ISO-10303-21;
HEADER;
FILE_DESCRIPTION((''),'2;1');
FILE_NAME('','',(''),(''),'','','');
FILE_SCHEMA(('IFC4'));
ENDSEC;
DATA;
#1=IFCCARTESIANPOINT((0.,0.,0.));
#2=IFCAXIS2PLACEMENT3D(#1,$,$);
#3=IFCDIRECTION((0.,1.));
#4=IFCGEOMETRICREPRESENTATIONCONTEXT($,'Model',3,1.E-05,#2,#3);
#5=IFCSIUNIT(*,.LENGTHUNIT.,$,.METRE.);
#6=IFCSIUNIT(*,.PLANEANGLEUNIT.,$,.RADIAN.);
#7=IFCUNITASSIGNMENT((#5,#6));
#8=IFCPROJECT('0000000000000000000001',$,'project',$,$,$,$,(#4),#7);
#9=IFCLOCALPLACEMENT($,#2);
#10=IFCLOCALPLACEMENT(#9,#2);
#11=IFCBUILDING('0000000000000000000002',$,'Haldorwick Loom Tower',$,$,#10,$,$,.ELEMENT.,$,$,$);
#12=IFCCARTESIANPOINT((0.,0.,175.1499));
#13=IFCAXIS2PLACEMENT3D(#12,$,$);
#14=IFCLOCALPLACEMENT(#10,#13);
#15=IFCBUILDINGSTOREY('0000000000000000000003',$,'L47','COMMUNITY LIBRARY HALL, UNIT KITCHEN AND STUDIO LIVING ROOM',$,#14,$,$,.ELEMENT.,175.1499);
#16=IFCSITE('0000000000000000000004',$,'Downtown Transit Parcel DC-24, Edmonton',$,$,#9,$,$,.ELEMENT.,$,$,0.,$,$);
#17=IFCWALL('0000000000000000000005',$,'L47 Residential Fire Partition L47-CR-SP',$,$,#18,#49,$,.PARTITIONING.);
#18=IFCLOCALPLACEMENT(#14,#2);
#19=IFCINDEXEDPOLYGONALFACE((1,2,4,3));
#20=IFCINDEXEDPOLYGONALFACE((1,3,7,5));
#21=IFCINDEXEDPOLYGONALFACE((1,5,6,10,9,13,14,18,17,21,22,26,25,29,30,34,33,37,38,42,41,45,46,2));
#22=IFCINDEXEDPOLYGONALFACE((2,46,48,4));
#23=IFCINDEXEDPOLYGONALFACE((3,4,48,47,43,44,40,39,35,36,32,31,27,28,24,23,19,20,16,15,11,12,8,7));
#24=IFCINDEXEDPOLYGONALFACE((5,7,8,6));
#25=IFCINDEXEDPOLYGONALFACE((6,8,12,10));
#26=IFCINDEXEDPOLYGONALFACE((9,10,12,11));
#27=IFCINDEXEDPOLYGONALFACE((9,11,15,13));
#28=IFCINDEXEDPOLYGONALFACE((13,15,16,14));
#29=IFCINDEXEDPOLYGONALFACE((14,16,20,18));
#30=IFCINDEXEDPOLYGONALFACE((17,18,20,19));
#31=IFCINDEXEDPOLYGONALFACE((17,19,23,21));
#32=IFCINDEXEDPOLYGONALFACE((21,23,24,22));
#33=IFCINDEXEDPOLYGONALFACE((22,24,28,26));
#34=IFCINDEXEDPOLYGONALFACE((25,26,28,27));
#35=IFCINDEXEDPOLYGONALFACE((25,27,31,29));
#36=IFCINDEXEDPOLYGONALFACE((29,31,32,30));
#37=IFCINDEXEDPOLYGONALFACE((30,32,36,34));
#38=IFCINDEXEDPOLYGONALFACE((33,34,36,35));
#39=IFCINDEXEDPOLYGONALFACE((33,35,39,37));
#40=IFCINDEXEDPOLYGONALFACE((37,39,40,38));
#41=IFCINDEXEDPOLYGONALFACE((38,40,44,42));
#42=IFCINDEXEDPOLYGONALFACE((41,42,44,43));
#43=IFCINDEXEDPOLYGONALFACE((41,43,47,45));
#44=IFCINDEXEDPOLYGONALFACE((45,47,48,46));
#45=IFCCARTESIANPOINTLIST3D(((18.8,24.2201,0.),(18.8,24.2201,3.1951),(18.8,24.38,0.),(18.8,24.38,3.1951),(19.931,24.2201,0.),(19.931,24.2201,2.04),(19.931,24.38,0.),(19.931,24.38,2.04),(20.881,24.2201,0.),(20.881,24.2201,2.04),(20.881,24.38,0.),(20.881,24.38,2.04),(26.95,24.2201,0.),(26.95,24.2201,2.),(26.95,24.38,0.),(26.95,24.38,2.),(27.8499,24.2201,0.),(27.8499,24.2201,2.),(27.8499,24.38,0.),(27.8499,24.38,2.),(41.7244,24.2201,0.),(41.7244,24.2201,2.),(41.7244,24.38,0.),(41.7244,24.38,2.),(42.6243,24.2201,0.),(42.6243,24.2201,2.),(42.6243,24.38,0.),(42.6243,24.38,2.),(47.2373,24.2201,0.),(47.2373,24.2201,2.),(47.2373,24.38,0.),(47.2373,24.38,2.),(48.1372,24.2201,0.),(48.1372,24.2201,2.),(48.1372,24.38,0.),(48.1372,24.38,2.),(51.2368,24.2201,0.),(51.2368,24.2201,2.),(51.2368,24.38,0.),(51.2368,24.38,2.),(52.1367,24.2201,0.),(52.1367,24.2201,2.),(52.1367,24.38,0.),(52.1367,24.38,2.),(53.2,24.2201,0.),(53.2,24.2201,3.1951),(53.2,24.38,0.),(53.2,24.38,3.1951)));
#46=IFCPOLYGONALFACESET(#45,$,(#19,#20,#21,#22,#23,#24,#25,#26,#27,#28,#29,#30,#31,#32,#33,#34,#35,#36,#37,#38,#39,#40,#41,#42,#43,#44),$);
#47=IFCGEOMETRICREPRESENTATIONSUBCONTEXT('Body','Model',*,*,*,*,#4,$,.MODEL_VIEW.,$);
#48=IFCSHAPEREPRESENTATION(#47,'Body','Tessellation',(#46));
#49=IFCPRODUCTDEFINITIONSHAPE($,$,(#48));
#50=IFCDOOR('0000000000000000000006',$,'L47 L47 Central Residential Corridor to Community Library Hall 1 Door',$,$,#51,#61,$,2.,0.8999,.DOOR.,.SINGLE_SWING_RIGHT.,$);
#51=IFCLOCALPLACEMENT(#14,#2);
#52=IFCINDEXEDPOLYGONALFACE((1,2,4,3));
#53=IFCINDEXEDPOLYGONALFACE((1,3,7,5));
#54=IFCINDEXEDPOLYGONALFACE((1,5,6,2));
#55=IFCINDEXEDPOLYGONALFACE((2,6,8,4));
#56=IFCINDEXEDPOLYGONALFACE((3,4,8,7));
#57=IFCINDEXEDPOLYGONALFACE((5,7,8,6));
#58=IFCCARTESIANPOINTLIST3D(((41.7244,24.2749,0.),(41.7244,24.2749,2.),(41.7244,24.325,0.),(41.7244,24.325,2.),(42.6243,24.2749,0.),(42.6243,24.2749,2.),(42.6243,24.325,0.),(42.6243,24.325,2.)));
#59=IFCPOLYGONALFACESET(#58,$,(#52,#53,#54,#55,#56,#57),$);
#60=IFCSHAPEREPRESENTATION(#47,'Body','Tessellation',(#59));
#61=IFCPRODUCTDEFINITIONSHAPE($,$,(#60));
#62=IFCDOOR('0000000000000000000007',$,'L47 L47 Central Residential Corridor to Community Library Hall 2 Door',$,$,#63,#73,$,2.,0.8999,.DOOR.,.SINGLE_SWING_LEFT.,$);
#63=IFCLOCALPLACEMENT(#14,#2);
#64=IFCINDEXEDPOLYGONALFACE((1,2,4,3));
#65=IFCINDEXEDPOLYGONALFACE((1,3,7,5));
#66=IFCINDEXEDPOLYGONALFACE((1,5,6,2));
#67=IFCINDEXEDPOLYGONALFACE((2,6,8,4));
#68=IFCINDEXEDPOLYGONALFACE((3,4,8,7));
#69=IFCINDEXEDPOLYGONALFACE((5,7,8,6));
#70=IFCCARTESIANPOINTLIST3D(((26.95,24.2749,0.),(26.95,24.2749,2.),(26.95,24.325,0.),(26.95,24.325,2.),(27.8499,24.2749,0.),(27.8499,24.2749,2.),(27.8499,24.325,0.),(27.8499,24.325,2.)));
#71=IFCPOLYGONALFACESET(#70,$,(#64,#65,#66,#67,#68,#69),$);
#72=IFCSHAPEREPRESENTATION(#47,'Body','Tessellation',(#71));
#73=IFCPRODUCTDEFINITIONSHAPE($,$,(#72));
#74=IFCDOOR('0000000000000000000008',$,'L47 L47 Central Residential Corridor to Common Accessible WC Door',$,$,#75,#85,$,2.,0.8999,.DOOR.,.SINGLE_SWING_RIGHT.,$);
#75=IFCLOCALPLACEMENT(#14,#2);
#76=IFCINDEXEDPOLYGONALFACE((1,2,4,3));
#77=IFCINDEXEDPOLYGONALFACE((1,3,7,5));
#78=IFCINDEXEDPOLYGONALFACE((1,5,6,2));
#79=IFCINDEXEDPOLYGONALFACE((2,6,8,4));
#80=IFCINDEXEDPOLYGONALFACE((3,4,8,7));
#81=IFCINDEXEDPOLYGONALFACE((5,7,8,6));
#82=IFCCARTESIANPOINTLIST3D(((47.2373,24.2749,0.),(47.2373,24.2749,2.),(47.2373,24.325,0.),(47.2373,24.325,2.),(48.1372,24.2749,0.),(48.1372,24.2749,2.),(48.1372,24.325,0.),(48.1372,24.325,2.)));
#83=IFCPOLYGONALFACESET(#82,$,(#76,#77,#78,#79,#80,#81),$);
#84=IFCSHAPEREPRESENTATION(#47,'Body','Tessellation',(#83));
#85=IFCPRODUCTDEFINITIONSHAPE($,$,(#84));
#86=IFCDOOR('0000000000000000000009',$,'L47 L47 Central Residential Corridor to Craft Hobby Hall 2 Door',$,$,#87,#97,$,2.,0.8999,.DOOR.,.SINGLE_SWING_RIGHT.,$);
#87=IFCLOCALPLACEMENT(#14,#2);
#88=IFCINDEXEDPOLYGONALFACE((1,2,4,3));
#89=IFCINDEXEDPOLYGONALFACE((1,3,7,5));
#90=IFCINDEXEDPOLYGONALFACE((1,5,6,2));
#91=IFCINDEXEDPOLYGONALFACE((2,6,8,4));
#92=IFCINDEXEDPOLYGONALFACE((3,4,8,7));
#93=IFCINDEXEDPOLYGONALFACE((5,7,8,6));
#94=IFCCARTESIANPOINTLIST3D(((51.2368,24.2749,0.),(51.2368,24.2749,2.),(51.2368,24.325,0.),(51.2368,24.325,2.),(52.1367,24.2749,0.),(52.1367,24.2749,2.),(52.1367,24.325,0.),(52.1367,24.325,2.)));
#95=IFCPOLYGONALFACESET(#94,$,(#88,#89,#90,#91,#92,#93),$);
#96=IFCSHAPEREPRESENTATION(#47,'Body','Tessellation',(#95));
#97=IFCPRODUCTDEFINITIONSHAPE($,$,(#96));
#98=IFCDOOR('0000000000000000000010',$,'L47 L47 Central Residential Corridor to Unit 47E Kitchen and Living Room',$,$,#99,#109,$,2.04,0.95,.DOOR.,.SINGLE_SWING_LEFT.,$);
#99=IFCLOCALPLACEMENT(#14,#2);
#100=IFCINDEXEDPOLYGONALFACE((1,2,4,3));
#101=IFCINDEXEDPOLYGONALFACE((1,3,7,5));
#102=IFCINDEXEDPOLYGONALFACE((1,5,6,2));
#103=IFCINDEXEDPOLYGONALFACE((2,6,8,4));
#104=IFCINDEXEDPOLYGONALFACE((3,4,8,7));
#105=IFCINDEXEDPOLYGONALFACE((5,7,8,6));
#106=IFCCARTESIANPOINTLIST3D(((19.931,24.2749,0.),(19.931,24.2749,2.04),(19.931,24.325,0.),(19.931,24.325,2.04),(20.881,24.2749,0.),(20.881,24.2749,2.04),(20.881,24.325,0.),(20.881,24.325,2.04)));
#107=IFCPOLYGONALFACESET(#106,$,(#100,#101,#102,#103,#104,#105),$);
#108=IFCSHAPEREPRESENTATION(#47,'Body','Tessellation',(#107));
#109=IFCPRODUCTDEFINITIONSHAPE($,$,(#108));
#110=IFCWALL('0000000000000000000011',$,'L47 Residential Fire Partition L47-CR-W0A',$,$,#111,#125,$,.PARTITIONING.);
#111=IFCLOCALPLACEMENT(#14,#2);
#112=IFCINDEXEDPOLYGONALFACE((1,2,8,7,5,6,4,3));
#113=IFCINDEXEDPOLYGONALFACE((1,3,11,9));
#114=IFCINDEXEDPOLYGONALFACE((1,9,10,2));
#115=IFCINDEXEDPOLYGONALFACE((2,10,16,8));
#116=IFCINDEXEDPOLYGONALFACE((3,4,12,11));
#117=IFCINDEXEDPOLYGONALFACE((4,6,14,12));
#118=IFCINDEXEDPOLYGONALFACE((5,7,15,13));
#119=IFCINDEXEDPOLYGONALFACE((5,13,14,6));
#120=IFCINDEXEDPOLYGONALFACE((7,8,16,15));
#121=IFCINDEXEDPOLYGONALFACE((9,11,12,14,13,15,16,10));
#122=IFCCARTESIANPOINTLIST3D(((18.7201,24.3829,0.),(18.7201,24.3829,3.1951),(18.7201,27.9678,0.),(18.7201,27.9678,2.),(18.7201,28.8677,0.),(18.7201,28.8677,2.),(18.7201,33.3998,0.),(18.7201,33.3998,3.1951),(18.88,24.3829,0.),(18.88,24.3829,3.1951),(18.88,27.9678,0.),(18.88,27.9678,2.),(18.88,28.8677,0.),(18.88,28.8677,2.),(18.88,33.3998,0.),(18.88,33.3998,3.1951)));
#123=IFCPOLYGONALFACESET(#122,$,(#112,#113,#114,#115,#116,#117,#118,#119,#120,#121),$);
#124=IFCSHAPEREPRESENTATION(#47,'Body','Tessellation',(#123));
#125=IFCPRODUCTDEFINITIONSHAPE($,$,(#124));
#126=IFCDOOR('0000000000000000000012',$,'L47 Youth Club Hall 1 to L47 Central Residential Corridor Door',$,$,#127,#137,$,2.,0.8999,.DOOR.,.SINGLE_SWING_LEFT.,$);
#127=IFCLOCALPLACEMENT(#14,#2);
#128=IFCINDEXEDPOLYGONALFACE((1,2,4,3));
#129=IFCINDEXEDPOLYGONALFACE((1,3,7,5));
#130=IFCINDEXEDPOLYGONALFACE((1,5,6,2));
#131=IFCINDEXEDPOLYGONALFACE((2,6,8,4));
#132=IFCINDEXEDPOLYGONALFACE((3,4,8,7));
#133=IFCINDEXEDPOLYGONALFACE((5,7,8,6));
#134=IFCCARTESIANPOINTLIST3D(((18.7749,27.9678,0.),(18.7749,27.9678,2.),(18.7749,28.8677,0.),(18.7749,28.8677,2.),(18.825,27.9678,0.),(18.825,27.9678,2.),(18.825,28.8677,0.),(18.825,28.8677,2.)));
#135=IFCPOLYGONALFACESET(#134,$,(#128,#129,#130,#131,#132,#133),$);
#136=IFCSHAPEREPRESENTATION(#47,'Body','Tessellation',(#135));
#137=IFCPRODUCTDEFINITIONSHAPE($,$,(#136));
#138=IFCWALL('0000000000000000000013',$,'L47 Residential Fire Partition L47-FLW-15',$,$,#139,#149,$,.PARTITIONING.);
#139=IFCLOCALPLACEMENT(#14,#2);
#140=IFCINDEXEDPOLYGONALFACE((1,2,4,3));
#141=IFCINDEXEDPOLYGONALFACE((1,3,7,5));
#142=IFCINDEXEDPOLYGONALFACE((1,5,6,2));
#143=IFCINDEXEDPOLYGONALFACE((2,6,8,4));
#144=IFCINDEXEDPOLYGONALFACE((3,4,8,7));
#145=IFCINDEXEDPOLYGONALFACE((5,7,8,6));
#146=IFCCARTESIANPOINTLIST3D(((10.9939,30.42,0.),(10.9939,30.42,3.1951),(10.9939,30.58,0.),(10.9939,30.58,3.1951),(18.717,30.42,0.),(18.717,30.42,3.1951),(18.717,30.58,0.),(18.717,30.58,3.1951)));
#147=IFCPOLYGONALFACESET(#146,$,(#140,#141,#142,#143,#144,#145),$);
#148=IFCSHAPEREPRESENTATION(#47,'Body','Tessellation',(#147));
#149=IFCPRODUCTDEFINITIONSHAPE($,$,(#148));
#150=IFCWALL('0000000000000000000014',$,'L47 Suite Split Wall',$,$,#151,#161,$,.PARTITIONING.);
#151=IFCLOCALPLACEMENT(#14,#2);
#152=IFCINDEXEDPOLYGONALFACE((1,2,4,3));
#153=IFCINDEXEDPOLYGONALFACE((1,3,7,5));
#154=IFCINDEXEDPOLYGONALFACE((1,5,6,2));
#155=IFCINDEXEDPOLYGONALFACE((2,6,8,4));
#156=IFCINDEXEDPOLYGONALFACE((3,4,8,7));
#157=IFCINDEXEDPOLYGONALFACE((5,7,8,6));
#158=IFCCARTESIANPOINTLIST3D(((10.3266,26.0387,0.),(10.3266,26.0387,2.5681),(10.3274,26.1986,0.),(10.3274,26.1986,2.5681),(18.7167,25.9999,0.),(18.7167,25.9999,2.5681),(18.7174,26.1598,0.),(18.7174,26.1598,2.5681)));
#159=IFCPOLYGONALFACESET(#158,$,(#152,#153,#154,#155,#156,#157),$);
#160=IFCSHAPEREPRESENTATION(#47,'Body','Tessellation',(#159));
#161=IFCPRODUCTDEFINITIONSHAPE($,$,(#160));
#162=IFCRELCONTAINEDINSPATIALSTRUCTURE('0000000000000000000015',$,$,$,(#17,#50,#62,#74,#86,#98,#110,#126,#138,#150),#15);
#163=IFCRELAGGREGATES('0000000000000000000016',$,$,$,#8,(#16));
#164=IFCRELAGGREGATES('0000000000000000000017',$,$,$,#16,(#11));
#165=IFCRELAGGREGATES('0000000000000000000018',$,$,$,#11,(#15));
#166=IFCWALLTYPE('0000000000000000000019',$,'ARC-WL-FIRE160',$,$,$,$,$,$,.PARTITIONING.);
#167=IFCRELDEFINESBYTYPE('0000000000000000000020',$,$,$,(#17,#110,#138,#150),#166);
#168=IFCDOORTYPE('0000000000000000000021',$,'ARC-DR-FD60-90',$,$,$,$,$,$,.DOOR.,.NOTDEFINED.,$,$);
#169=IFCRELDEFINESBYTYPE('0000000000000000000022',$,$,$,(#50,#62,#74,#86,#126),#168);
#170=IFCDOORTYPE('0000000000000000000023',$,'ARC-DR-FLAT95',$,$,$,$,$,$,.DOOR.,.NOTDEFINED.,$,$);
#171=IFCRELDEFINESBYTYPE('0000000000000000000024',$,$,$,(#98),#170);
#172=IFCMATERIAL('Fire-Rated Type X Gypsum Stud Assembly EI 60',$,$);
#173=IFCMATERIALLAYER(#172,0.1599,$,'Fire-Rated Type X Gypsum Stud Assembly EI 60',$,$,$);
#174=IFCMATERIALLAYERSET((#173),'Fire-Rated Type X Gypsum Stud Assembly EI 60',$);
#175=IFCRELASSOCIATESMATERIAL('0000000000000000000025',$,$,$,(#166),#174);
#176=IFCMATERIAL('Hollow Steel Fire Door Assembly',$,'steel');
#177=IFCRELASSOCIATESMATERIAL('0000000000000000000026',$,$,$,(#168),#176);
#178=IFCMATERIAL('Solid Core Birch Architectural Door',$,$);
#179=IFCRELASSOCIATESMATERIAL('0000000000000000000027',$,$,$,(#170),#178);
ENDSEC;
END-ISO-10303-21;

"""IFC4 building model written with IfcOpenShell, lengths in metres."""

from ifc_helpers import new_model, si_unit, direction, frame, frame_2d, origin, place, context, subcontext, project, spatial, rectangle, extrude, material, layer, layer_set, type_object, element, fill, save


model = new_model("IFC4")

# Units and contexts
model_context = context("Model", 3, precision=1e-05, world=origin(), true_north=direction((0.0, 1.0)))
body_context = subcontext(model_context, "Body", "Model", "MODEL_VIEW")
ifc_project = project(units=[si_unit("LENGTHUNIT", "METRE"), si_unit("PLANEANGLEUNIT", "RADIAN")], contexts=[model_context])

# Site, building, storey
site_placement = place(None, origin())
site = spatial("IfcSite", under=ifc_project, at=site_placement, Name="Downtown Transit Parcel DC-24, Edmonton", CompositionType="ELEMENT", RefElevation=0.0)
building_placement = place(site_placement, origin())
building = spatial("IfcBuilding", under=site, at=building_placement, Name="Haldorwick Loom Tower", CompositionType="ELEMENT")
storey_placement = place(building_placement, frame((0.0, 0.0, 175.1499)))
storey = spatial("IfcBuildingStorey", under=building, at=storey_placement, Name="L47", Description="COMMUNITY LIBRARY HALL, UNIT KITCHEN AND STUDIO LIVING ROOM", CompositionType="ELEMENT", Elevation=175.1499)

# Wall, openings, doors
ifc_material_1 = material(Name="Fire-Rated Type X Gypsum Stud Assembly EI 60")
ifc_layer_1 = layer(ifc_material_1, 0.1599, Name="Fire-Rated Type X Gypsum Stud Assembly EI 60")
ifc_layer_set_1 = layer_set([ifc_layer_1], Name="Fire-Rated Type X Gypsum Stud Assembly EI 60")
wall_type_1 = type_object("IfcWallType", Name="ARC-WL-FIRE160", PredefinedType="PARTITIONING", material=ifc_layer_set_1)
wall_1_placement = place(storey_placement, frame((18.8, 24.3, 0.0), z_axis=(0.0, 0.0, 1.0), x_axis=(1.0, 0.0, 0.0)))
wall_1 = element("IfcWall", 1, at=wall_1_placement, inside=storey, type_object=wall_type_1, Name="L47 Residential Fire Partition L47-CR-SP", PredefinedType="PARTITIONING", context=body_context, shape_type="SweptSolid", body=[
    extrude(rectangle(XDim=34.3999, YDim=0.1599, at=frame_2d((17.2, 0.0))), origin(), (0.0, 0.0, 1.0), 3.1951),
])
opening_1_placement = place(wall_1_placement, frame((22.9243, 0.0, 0.0)))
opening_1 = element("IfcOpeningElement", 2, at=opening_1_placement, cuts=wall_1, PredefinedType="OPENING", context=body_context, shape_type="SweptSolid", body=[
    extrude(rectangle(XDim=0.8999, YDim=2.0, at=frame_2d((0.45, 1.0))), frame((0.0, 0.0898, 0.0), z_axis=(0.0, -1.0, 0.0), x_axis=(1.0, 0.0, 0.0)), (0.0, 0.0, 1.0), 0.1799),
])
opening_2_placement = place(wall_1_placement, frame((8.1499, 0.0, 0.0)))
opening_2 = element("IfcOpeningElement", 3, at=opening_2_placement, cuts=wall_1, PredefinedType="OPENING", context=body_context, shape_type="SweptSolid", body=[
    extrude(rectangle(XDim=0.8999, YDim=2.0, at=frame_2d((0.45, 1.0))), frame((0.0, 0.0898, 0.0), z_axis=(0.0, -1.0, 0.0), x_axis=(1.0, 0.0, 0.0)), (0.0, 0.0, 1.0), 0.1799),
])
opening_3_placement = place(wall_1_placement, frame((28.4373, 0.0, 0.0)))
opening_3 = element("IfcOpeningElement", 4, at=opening_3_placement, cuts=wall_1, PredefinedType="OPENING", context=body_context, shape_type="SweptSolid", body=[
    extrude(rectangle(XDim=0.8999, YDim=2.0, at=frame_2d((0.45, 1.0))), frame((0.0, 0.0898, 0.0), z_axis=(0.0, -1.0, 0.0), x_axis=(1.0, 0.0, 0.0)), (0.0, 0.0, 1.0), 0.1799),
])
opening_4_placement = place(wall_1_placement, frame((1.1309, 0.0, 0.0)))
opening_4 = element("IfcOpeningElement", 5, at=opening_4_placement, cuts=wall_1, PredefinedType="OPENING", context=body_context, shape_type="SweptSolid", body=[
    extrude(rectangle(XDim=0.95, YDim=2.04, at=frame_2d((0.4751, 1.02))), frame((0.0, 0.0898, 0.0), z_axis=(0.0, -1.0, 0.0), x_axis=(1.0, 0.0, 0.0)), (0.0, 0.0, 1.0), 0.1799),
])
opening_5_placement = place(wall_1_placement, frame((32.4368, 0.0, 0.0)))
opening_5 = element("IfcOpeningElement", 6, at=opening_5_placement, cuts=wall_1, PredefinedType="OPENING", context=body_context, shape_type="SweptSolid", body=[
    extrude(rectangle(XDim=0.8999, YDim=2.0, at=frame_2d((0.45, 1.0))), frame((0.0, 0.0898, 0.0), z_axis=(0.0, -1.0, 0.0), x_axis=(1.0, 0.0, 0.0)), (0.0, 0.0, 1.0), 0.1799),
])
ifc_material_2 = material(Name="Hollow Steel Fire Door Assembly", Category="steel")
door_type_1 = type_object("IfcDoorType", Name="ARC-DR-FD60-90", OperationType="NOTDEFINED", PredefinedType="DOOR", material=ifc_material_2)
door_1_placement = place(opening_1_placement, origin())
door_1 = element("IfcDoor", 7, at=door_1_placement, inside=storey, type_object=door_type_1, Name="L47 L47 Central Residential Corridor to Community Library Hall 1 Door", OperationType="SINGLE_SWING_RIGHT", OverallHeight=2.0, OverallWidth=0.8999, PredefinedType="DOOR", context=body_context, shape_type="SweptSolid", body=[
    extrude(rectangle(XDim=0.8999, YDim=2.0, at=frame_2d((0.45, 1.0))), frame((0.0, 0.0249, 0.0), z_axis=(0.0, -1.0, 0.0), x_axis=(1.0, 0.0, 0.0)), (0.0, 0.0, 1.0), 0.05),
])
fill(opening_1, door_1)
door_2_placement = place(opening_2_placement, origin())
door_2 = element("IfcDoor", 8, at=door_2_placement, inside=storey, type_object=door_type_1, Name="L47 L47 Central Residential Corridor to Community Library Hall 2 Door", OperationType="SINGLE_SWING_LEFT", OverallHeight=2.0, OverallWidth=0.8999, PredefinedType="DOOR", context=body_context, shape_type="SweptSolid", body=[
    extrude(rectangle(XDim=0.8999, YDim=2.0, at=frame_2d((0.45, 1.0))), frame((0.0, 0.0249, 0.0), z_axis=(0.0, -1.0, 0.0), x_axis=(1.0, 0.0, 0.0)), (0.0, 0.0, 1.0), 0.05),
])
fill(opening_2, door_2)
door_3_placement = place(opening_3_placement, origin())
door_3 = element("IfcDoor", 9, at=door_3_placement, inside=storey, type_object=door_type_1, Name="L47 L47 Central Residential Corridor to Common Accessible WC Door", OperationType="SINGLE_SWING_RIGHT", OverallHeight=2.0, OverallWidth=0.8999, PredefinedType="DOOR", context=body_context, shape_type="SweptSolid", body=[
    extrude(rectangle(XDim=0.8999, YDim=2.0, at=frame_2d((0.45, 1.0))), frame((0.0, 0.0249, 0.0), z_axis=(0.0, -1.0, 0.0), x_axis=(1.0, 0.0, 0.0)), (0.0, 0.0, 1.0), 0.05),
])
fill(opening_3, door_3)
door_4_placement = place(opening_5_placement, origin())
door_4 = element("IfcDoor", 10, at=door_4_placement, inside=storey, type_object=door_type_1, Name="L47 L47 Central Residential Corridor to Craft Hobby Hall 2 Door", OperationType="SINGLE_SWING_RIGHT", OverallHeight=2.0, OverallWidth=0.8999, PredefinedType="DOOR", context=body_context, shape_type="SweptSolid", body=[
    extrude(rectangle(XDim=0.8999, YDim=2.0, at=frame_2d((0.45, 1.0))), frame((0.0, 0.0249, 0.0), z_axis=(0.0, -1.0, 0.0), x_axis=(1.0, 0.0, 0.0)), (0.0, 0.0, 1.0), 0.05),
])
fill(opening_5, door_4)
ifc_material_3 = material(Name="Solid Core Birch Architectural Door")
door_type_2 = type_object("IfcDoorType", Name="ARC-DR-FLAT95", OperationType="NOTDEFINED", PredefinedType="DOOR", material=ifc_material_3)
door_5_placement = place(opening_4_placement, origin())
door_5 = element("IfcDoor", 11, at=door_5_placement, inside=storey, type_object=door_type_2, Name="L47 L47 Central Residential Corridor to Unit 47E Kitchen and Living Room", OperationType="SINGLE_SWING_LEFT", OverallHeight=2.04, OverallWidth=0.95, PredefinedType="DOOR", context=body_context, shape_type="SweptSolid", body=[
    extrude(rectangle(XDim=0.95, YDim=2.04, at=frame_2d((0.4751, 1.02))), frame((0.0, 0.0249, 0.0), z_axis=(0.0, -1.0, 0.0), x_axis=(1.0, 0.0, 0.0)), (0.0, 0.0, 1.0), 0.05),
])
fill(opening_4, door_5)

# Wall, opening, door
wall_2_placement = place(storey_placement, frame((18.8, 24.3831, 0.0), z_axis=(0.0, 0.0, 1.0), x_axis=(0.0, 1.0, 0.0)))
wall_2 = element("IfcWall", 12, at=wall_2_placement, inside=storey, type_object=wall_type_1, Name="L47 Residential Fire Partition L47-CR-W0A", PredefinedType="PARTITIONING", context=body_context, shape_type="SweptSolid", body=[
    extrude(rectangle(XDim=9.0168, YDim=0.1599, at=frame_2d((4.5083, 0.0))), origin(), (0.0, 0.0, 1.0), 3.1951),
])
opening_6_placement = place(wall_2_placement, frame((3.5847, 0.0, 0.0)))
opening_6 = element("IfcOpeningElement", 13, at=opening_6_placement, cuts=wall_2, PredefinedType="OPENING", context=body_context, shape_type="SweptSolid", body=[
    extrude(rectangle(XDim=0.8999, YDim=2.0, at=frame_2d((0.45, 1.0))), frame((0.0, 0.0898, 0.0), z_axis=(0.0, -1.0, 0.0), x_axis=(1.0, 0.0, 0.0)), (0.0, 0.0, 1.0), 0.1799),
])
door_6_placement = place(opening_6_placement, frame((0.8999, 0.0, 0.0), z_axis=(0.0, 0.0, 1.0), x_axis=(-1.0, 0.0, 0.0)))
door_6 = element("IfcDoor", 14, at=door_6_placement, inside=storey, type_object=door_type_1, Name="L47 Youth Club Hall 1 to L47 Central Residential Corridor Door", OperationType="SINGLE_SWING_LEFT", OverallHeight=2.0, OverallWidth=0.8999, PredefinedType="DOOR", context=body_context, shape_type="SweptSolid", body=[
    extrude(rectangle(XDim=0.8999, YDim=2.0, at=frame_2d((0.45, 1.0))), frame((0.0, 0.0249, 0.0), z_axis=(0.0, -1.0, 0.0), x_axis=(1.0, 0.0, 0.0)), (0.0, 0.0, 1.0), 0.05),
])
fill(opening_6, door_6)

# Walls
wall_3_placement = place(storey_placement, frame((10.9939, 30.5, 0.0), z_axis=(0.0, 0.0, 1.0), x_axis=(1.0, 0.0, 0.0)))
element("IfcWall", 15, at=wall_3_placement, inside=storey, type_object=wall_type_1, Name="L47 Residential Fire Partition L47-FLW-15", PredefinedType="PARTITIONING", context=body_context, shape_type="SweptSolid", body=[
    extrude(rectangle(XDim=7.7231, YDim=0.1599, at=frame_2d((3.8616, 0.0))), origin(), (0.0, 0.0, 1.0), 3.1951),
])
wall_4_placement = place(storey_placement, frame((18.717, 26.0798, 0.0), z_axis=(0.0, 0.0, 1.0), x_axis=(-0.999989, 0.004627, 0.0)))
element("IfcWall", 16, at=wall_4_placement, inside=storey, type_object=wall_type_1, Name="L47 Suite Split Wall", PredefinedType="PARTITIONING", context=body_context, shape_type="SweptSolid", body=[
    extrude(rectangle(XDim=8.3901, YDim=0.1599, at=frame_2d((4.1951, 0.0))), origin(), (0.0, 0.0, 1.0), 2.5681),
])

save(model, "model.ifc")
